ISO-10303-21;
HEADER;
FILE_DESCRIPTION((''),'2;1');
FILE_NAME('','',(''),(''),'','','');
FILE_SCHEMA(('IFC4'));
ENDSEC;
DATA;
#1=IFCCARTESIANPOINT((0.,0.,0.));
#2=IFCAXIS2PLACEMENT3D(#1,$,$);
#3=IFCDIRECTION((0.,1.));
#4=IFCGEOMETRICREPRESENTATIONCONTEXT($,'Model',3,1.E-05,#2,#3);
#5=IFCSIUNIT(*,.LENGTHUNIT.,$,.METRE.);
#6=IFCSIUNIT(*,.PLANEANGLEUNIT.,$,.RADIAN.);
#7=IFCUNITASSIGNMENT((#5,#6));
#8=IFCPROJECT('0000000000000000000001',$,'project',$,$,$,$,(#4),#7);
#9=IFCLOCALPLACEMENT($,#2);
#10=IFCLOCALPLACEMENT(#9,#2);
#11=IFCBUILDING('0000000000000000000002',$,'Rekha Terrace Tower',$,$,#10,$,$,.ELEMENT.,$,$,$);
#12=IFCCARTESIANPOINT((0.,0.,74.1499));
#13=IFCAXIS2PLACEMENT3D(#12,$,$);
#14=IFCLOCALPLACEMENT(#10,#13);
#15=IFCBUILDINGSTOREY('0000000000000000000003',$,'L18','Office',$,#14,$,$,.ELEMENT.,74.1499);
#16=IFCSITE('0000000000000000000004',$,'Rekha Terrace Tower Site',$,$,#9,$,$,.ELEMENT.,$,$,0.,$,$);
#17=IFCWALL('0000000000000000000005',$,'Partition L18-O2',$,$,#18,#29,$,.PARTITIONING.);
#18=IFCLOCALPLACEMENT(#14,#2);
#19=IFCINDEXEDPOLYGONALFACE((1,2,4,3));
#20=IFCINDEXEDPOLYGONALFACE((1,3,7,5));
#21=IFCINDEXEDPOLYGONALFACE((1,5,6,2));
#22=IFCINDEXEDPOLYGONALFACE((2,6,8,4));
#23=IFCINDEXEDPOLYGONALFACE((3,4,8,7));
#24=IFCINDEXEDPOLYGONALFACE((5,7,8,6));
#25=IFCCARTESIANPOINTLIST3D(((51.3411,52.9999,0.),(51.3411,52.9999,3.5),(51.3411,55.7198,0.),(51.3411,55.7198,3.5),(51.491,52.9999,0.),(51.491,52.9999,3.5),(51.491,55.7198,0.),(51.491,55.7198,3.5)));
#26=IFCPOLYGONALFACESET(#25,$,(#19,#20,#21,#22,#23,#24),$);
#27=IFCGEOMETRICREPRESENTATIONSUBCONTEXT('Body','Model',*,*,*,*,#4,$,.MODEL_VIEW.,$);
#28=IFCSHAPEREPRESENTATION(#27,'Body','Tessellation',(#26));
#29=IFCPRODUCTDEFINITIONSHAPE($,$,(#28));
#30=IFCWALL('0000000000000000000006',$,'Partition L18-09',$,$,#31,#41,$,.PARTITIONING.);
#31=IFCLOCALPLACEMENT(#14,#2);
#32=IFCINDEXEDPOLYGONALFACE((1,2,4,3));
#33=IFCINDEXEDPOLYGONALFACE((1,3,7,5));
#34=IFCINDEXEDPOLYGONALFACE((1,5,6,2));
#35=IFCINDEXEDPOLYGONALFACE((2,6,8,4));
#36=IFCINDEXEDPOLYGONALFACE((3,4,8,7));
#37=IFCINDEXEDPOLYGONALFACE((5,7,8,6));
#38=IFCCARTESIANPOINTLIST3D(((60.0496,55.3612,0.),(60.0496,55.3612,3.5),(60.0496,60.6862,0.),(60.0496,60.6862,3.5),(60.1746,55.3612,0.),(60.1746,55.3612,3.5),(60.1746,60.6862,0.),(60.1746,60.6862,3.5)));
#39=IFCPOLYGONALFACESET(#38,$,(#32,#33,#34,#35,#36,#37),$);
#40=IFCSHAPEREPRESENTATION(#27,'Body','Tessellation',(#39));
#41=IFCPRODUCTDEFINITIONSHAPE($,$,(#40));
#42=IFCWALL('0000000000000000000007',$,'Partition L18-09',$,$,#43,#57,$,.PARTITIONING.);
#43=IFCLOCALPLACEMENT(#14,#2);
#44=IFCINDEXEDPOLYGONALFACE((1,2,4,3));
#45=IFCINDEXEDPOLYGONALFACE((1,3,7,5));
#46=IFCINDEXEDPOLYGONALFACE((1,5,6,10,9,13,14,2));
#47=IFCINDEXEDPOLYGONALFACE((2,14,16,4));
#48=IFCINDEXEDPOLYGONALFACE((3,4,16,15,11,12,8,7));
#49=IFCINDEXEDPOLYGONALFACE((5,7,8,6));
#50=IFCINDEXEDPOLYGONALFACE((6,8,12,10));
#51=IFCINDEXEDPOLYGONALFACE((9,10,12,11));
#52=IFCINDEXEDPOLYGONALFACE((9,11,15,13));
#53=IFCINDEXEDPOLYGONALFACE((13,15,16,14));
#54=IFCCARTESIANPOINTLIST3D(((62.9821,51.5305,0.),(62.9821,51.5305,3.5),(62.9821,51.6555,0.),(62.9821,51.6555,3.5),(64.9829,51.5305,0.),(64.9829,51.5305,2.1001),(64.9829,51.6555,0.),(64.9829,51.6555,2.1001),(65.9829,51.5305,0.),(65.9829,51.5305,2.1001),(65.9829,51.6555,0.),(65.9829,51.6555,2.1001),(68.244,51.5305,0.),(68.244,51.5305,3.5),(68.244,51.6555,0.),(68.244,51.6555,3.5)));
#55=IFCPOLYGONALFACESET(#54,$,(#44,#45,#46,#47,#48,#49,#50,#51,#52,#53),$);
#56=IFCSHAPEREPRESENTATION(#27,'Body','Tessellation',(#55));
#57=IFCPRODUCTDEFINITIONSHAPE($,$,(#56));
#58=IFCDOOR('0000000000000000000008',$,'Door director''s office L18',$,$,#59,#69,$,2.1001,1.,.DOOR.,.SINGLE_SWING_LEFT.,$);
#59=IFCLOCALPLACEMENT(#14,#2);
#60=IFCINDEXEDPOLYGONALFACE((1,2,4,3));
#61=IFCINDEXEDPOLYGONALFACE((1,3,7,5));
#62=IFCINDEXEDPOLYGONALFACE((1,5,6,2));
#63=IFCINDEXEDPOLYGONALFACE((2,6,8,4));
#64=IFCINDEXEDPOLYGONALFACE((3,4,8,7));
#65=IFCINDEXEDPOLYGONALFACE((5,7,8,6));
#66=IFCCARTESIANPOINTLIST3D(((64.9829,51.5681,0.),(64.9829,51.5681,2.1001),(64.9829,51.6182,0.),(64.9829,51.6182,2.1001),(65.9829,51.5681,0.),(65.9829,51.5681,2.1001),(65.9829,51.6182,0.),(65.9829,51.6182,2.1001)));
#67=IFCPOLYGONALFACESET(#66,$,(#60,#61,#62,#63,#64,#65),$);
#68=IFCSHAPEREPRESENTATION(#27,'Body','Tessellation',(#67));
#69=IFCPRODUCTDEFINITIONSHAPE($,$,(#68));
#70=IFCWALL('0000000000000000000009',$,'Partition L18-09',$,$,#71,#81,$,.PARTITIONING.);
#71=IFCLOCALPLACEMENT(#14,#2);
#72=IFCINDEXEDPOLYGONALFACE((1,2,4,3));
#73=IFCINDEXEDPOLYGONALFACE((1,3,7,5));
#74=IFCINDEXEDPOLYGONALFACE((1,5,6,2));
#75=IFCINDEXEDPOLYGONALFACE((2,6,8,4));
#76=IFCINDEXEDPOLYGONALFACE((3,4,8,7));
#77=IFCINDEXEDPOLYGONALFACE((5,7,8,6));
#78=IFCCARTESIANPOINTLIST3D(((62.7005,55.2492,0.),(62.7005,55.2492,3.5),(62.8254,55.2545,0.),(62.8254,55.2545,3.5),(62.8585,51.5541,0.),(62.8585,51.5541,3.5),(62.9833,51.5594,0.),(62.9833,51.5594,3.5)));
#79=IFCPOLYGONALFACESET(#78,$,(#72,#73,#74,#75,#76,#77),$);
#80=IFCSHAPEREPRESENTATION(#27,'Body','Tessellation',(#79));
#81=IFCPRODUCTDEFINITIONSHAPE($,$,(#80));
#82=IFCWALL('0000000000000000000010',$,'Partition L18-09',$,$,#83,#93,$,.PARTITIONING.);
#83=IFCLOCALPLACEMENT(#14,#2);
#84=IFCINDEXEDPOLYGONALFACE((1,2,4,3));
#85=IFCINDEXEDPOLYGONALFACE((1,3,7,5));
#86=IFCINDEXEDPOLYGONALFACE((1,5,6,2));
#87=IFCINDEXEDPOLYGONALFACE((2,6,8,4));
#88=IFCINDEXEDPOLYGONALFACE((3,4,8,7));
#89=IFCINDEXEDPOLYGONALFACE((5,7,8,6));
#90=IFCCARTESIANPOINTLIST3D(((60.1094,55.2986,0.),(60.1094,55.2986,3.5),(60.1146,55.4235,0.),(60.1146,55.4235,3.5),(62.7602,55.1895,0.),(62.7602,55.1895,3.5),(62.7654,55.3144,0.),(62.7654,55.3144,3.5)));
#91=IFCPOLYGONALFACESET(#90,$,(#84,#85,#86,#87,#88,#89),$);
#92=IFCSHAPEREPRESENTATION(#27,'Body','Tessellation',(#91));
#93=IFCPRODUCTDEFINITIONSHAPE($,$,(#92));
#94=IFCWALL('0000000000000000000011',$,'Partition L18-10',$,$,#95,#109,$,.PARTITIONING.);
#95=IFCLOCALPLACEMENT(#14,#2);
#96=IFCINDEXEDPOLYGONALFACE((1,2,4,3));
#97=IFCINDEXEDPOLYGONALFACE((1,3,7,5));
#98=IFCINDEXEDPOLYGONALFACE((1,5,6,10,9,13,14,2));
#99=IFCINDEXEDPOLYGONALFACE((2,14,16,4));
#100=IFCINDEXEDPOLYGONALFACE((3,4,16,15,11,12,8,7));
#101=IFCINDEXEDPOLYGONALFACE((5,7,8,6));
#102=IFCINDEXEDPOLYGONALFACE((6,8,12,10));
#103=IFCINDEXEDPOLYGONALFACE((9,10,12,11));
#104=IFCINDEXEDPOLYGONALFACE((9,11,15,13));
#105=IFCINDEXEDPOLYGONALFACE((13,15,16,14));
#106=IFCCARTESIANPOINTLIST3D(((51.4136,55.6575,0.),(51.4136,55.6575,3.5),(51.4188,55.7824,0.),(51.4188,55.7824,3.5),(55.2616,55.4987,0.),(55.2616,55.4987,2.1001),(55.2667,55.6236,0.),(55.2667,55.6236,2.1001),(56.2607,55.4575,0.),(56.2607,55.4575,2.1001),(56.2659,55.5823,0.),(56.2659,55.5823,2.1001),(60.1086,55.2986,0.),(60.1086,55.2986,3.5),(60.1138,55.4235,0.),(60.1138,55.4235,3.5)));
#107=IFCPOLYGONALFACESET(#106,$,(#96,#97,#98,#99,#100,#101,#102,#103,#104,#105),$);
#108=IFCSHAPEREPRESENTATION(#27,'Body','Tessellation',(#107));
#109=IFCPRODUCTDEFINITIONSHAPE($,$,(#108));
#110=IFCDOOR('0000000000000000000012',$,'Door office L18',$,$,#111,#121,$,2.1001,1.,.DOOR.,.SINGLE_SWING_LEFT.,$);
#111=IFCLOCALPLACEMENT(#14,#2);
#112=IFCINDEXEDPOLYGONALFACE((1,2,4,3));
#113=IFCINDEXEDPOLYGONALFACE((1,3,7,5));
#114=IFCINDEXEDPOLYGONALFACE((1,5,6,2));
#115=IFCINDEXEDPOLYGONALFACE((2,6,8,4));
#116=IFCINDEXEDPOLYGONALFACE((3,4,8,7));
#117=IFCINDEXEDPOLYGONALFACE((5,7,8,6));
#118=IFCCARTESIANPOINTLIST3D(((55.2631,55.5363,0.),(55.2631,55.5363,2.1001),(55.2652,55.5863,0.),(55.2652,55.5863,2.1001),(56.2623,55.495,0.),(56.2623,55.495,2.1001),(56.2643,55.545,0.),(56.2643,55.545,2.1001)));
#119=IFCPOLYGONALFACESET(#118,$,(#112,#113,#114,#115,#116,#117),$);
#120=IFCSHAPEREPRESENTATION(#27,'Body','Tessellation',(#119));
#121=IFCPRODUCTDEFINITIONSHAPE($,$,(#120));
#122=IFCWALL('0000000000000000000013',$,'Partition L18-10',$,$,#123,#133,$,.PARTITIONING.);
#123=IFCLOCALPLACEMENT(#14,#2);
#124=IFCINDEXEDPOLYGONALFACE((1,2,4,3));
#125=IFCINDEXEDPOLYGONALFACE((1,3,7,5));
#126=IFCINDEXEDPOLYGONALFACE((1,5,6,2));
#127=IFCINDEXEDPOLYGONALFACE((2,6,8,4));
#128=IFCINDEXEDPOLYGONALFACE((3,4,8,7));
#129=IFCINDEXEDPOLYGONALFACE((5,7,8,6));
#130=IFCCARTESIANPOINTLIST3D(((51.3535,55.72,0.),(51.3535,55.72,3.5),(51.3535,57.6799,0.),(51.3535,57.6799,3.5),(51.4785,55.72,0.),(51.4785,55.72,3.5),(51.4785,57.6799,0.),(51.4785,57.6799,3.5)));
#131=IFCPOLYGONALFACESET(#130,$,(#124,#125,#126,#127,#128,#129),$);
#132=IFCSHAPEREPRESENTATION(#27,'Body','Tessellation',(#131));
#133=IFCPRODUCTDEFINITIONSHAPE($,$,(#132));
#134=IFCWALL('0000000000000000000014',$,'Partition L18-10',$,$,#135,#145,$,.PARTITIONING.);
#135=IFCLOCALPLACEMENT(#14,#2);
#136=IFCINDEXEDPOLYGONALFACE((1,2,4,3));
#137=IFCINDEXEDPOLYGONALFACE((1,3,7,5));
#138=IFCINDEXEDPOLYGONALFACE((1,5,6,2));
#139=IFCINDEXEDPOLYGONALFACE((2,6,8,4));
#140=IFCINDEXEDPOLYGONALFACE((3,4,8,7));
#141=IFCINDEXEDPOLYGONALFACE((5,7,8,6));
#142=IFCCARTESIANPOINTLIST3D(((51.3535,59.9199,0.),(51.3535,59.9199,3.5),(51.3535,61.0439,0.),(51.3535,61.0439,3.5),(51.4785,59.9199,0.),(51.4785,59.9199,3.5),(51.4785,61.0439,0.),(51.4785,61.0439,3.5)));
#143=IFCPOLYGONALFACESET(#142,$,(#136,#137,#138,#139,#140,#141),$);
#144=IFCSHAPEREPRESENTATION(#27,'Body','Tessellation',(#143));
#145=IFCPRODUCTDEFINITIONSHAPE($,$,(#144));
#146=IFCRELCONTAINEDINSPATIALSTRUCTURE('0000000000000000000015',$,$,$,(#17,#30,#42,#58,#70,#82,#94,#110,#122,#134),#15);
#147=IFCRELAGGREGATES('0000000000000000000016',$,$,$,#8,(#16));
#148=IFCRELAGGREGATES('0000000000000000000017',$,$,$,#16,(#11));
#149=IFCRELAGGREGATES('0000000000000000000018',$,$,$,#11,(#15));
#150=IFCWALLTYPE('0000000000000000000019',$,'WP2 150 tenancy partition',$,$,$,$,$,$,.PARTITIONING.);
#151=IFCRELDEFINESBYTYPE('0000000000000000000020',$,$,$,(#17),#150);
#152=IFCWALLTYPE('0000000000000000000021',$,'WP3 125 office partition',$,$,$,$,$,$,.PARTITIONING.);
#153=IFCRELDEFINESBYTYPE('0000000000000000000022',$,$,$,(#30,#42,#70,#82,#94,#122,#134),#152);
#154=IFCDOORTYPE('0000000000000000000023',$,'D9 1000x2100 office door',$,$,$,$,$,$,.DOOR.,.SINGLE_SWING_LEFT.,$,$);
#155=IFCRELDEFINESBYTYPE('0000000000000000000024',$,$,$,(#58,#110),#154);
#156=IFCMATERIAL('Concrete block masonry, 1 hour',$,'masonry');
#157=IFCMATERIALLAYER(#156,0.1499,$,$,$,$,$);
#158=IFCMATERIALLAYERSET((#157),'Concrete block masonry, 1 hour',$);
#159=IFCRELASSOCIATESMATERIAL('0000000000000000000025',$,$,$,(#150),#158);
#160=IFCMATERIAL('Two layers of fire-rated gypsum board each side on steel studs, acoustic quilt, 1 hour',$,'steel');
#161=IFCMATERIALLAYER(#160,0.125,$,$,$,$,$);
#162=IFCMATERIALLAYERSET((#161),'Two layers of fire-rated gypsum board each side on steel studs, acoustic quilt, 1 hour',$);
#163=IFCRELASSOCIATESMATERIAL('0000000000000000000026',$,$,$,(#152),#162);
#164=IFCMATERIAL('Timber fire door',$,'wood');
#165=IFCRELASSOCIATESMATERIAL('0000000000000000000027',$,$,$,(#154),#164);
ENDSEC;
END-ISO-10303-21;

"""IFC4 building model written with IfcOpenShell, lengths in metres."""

from ifc_helpers import new_model, si_unit, direction, frame, frame_2d, origin, place, context, subcontext, project, spatial, rectangle, extrude, material, layer, layer_set, type_object, element, fill, save


model = new_model("IFC4")

# Units and contexts
model_context = context("Model", 3, precision=1e-05, world=origin(), true_north=direction((0.0, 1.0)))
body_context = subcontext(model_context, "Body", "Model", "MODEL_VIEW")
ifc_project = project(units=[si_unit("LENGTHUNIT", "METRE"), si_unit("PLANEANGLEUNIT", "RADIAN")], contexts=[model_context])

# Site, building, storey
site_placement = place(None, origin())
site = spatial("IfcSite", under=ifc_project, at=site_placement, Name="Rekha Terrace Tower Site", CompositionType="ELEMENT", RefElevation=0.0)
building_placement = place(site_placement, origin())
building = spatial("IfcBuilding", under=site, at=building_placement, Name="Rekha Terrace Tower", CompositionType="ELEMENT")
storey_placement = place(building_placement, frame((0.0, 0.0, 74.1499)))
storey = spatial("IfcBuildingStorey", under=building, at=storey_placement, Name="L18", Description="Office", CompositionType="ELEMENT", Elevation=74.1499)

# Walls
ifc_material_1 = material(Name="Concrete block masonry, 1 hour", Category="masonry")
ifc_layer_1 = layer(ifc_material_1, 0.1499)
ifc_layer_set_1 = layer_set([ifc_layer_1], Name="Concrete block masonry, 1 hour")
wall_type_1 = type_object("IfcWallType", Name="WP2 150 tenancy partition", PredefinedType="PARTITIONING", material=ifc_layer_set_1)
wall_1_placement = place(storey_placement, frame((51.416, 53.0, 0.0), z_axis=(0.0, 0.0, 1.0), x_axis=(0.0, 1.0, 0.0)))
element("IfcWall", 1, at=wall_1_placement, inside=storey, type_object=wall_type_1, Name="Partition L18-O2", PredefinedType="PARTITIONING", context=body_context, shape_type="SweptSolid", body=[
    extrude(rectangle(XDim=2.72, YDim=0.1499, at=frame_2d((1.3599, 0.0))), origin(), (0.0, 0.0, 1.0), 3.5),
])
ifc_material_2 = material(Name="Two layers of fire-rated gypsum board each side on steel studs, acoustic quilt, 1 hour", Category="steel")
ifc_layer_2 = layer(ifc_material_2, 0.125)
ifc_layer_set_2 = layer_set([ifc_layer_2], Name="Two layers of fire-rated gypsum board each side on steel studs, acoustic quilt, 1 hour")
wall_type_2 = type_object("IfcWallType", Name="WP3 125 office partition", PredefinedType="PARTITIONING", material=ifc_layer_set_2)
wall_2_placement = place(storey_placement, frame((60.1121, 55.3611, 0.0), z_axis=(0.0, 0.0, 1.0), x_axis=(0.0, 1.0, 0.0)))
element("IfcWall", 2, at=wall_2_placement, inside=storey, type_object=wall_type_2, Name="Partition L18-09", PredefinedType="PARTITIONING", context=body_context, shape_type="SweptSolid", body=[
    extrude(rectangle(XDim=5.325, YDim=0.125, at=frame_2d((2.6626, 0.0))), origin(), (0.0, 0.0, 1.0), 3.5),
])

# Wall, opening, door
wall_3_placement = place(storey_placement, frame((68.2439, 51.593, 0.0), z_axis=(0.0, 0.0, 1.0), x_axis=(-1.0, 0.0, 0.0)))
wall_3 = element("IfcWall", 3, at=wall_3_placement, inside=storey, type_object=wall_type_2, Name="Partition L18-09", PredefinedType="PARTITIONING", context=body_context, shape_type="SweptSolid", body=[
    extrude(rectangle(XDim=5.262, YDim=0.125, at=frame_2d((2.6309, 0.0))), origin(), (0.0, 0.0, 1.0), 3.5),
])
opening_1_placement = place(wall_3_placement, frame((2.261, 0.0, 0.0)))
opening_1 = element("IfcOpeningElement", 4, at=opening_1_placement, cuts=wall_3, PredefinedType="OPENING", context=body_context, shape_type="SweptSolid", body=[
    extrude(rectangle(XDim=1.0, YDim=2.1001, at=frame_2d((0.5, 1.05))), frame((0.0, 0.0725, 0.0), z_axis=(0.0, -1.0, 0.0), x_axis=(1.0, 0.0, 0.0)), (0.0, 0.0, 1.0), 0.145),
])
ifc_material_3 = material(Name="Timber fire door", Category="wood")
door_type = type_object("IfcDoorType", Name="D9 1000x2100 office door", OperationType="SINGLE_SWING_LEFT", PredefinedType="DOOR", material=ifc_material_3)
door_1_placement = place(opening_1_placement, origin())
door_1 = element("IfcDoor", 5, at=door_1_placement, inside=storey, type_object=door_type, Name="Door director's office L18", OperationType="SINGLE_SWING_LEFT", OverallHeight=2.1001, OverallWidth=1.0, PredefinedType="DOOR", context=body_context, shape_type="SweptSolid", body=[
    extrude(rectangle(XDim=1.0, YDim=2.1001, at=frame_2d((0.5, 1.05))), frame((0.0, 0.0249, 0.0), z_axis=(0.0, -1.0, 0.0), x_axis=(1.0, 0.0, 0.0)), (0.0, 0.0, 1.0), 0.05),
])
fill(opening_1, door_1)

# Walls
wall_4_placement = place(storey_placement, frame((62.9209, 51.5569, 0.0), z_axis=(0.0, 0.0, 1.0), x_axis=(-0.04271, 0.999088, 0.0)))
element("IfcWall", 6, at=wall_4_placement, inside=storey, type_object=wall_type_2, Name="Partition L18-09", PredefinedType="PARTITIONING", context=body_context, shape_type="SweptSolid", body=[
    extrude(rectangle(XDim=3.6985, YDim=0.125, at=frame_2d((1.8491, 0.0))), origin(), (0.0, 0.0, 1.0), 3.5),
])
wall_5_placement = place(storey_placement, frame((62.7629, 55.252, 0.0), z_axis=(0.0, 0.0, 1.0), x_axis=(-0.999154, 0.041133, 0.0)))
element("IfcWall", 7, at=wall_5_placement, inside=storey, type_object=wall_type_2, Name="Partition L18-09", PredefinedType="PARTITIONING", context=body_context, shape_type="SweptSolid", body=[
    extrude(rectangle(XDim=2.6531, YDim=0.125, at=frame_2d((1.3267, 0.0))), origin(), (0.0, 0.0, 1.0), 3.5),
])

# Wall, opening, door
wall_6_placement = place(storey_placement, frame((60.1111, 55.3611, 0.0), z_axis=(0.0, 0.0, 1.0), x_axis=(-0.999149, 0.04124, 0.0)))
wall_6 = element("IfcWall", 8, at=wall_6_placement, inside=storey, type_object=wall_type_2, Name="Partition L18-10", PredefinedType="PARTITIONING", context=body_context, shape_type="SweptSolid", body=[
    extrude(rectangle(XDim=8.7024, YDim=0.125, at=frame_2d((4.3511, 0.0))), origin(), (0.0, 0.0, 1.0), 3.5),
])
opening_2_placement = place(wall_6_placement, frame((3.8511, 0.0, 0.0)))
opening_2 = element("IfcOpeningElement", 9, at=opening_2_placement, cuts=wall_6, PredefinedType="OPENING", context=body_context, shape_type="SweptSolid", body=[
    extrude(rectangle(XDim=1.0, YDim=2.1001, at=frame_2d((0.5, 1.05))), frame((0.0, 0.0725, 0.0), z_axis=(0.0, -1.0, 0.0), x_axis=(1.0, 0.0, 0.0)), (0.0, 0.0, 1.0), 0.145),
])
door_2_placement = place(opening_2_placement, origin())
door_2 = element("IfcDoor", 10, at=door_2_placement, inside=storey, type_object=door_type, Name="Door office L18", OperationType="SINGLE_SWING_LEFT", OverallHeight=2.1001, OverallWidth=1.0, PredefinedType="DOOR", context=body_context, shape_type="SweptSolid", body=[
    extrude(rectangle(XDim=1.0, YDim=2.1001, at=frame_2d((0.5, 1.05))), frame((0.0, 0.0249, 0.0), z_axis=(0.0, -1.0, 0.0), x_axis=(1.0, 0.0, 0.0)), (0.0, 0.0, 1.0), 0.05),
])
fill(opening_2, door_2)

# Walls
wall_7_placement = place(storey_placement, frame((51.416, 55.72, 0.0), z_axis=(0.0, 0.0, 1.0), x_axis=(0.0, 1.0, 0.0)))
element("IfcWall", 11, at=wall_7_placement, inside=storey, type_object=wall_type_2, Name="Partition L18-10", PredefinedType="PARTITIONING", context=body_context, shape_type="SweptSolid", body=[
    extrude(rectangle(XDim=1.96, YDim=0.125, at=frame_2d((0.98, 0.0))), origin(), (0.0, 0.0, 1.0), 3.5),
])
wall_8_placement = place(storey_placement, frame((51.416, 59.9199, 0.0), z_axis=(0.0, 0.0, 1.0), x_axis=(0.0, 1.0, 0.0)))
element("IfcWall", 12, at=wall_8_placement, inside=storey, type_object=wall_type_2, Name="Partition L18-10", PredefinedType="PARTITIONING", context=body_context, shape_type="SweptSolid", body=[
    extrude(rectangle(XDim=1.124, YDim=0.125, at=frame_2d((0.562, 0.0))), origin(), (0.0, 0.0, 1.0), 3.5),
])

save(model, "model.ifc")
